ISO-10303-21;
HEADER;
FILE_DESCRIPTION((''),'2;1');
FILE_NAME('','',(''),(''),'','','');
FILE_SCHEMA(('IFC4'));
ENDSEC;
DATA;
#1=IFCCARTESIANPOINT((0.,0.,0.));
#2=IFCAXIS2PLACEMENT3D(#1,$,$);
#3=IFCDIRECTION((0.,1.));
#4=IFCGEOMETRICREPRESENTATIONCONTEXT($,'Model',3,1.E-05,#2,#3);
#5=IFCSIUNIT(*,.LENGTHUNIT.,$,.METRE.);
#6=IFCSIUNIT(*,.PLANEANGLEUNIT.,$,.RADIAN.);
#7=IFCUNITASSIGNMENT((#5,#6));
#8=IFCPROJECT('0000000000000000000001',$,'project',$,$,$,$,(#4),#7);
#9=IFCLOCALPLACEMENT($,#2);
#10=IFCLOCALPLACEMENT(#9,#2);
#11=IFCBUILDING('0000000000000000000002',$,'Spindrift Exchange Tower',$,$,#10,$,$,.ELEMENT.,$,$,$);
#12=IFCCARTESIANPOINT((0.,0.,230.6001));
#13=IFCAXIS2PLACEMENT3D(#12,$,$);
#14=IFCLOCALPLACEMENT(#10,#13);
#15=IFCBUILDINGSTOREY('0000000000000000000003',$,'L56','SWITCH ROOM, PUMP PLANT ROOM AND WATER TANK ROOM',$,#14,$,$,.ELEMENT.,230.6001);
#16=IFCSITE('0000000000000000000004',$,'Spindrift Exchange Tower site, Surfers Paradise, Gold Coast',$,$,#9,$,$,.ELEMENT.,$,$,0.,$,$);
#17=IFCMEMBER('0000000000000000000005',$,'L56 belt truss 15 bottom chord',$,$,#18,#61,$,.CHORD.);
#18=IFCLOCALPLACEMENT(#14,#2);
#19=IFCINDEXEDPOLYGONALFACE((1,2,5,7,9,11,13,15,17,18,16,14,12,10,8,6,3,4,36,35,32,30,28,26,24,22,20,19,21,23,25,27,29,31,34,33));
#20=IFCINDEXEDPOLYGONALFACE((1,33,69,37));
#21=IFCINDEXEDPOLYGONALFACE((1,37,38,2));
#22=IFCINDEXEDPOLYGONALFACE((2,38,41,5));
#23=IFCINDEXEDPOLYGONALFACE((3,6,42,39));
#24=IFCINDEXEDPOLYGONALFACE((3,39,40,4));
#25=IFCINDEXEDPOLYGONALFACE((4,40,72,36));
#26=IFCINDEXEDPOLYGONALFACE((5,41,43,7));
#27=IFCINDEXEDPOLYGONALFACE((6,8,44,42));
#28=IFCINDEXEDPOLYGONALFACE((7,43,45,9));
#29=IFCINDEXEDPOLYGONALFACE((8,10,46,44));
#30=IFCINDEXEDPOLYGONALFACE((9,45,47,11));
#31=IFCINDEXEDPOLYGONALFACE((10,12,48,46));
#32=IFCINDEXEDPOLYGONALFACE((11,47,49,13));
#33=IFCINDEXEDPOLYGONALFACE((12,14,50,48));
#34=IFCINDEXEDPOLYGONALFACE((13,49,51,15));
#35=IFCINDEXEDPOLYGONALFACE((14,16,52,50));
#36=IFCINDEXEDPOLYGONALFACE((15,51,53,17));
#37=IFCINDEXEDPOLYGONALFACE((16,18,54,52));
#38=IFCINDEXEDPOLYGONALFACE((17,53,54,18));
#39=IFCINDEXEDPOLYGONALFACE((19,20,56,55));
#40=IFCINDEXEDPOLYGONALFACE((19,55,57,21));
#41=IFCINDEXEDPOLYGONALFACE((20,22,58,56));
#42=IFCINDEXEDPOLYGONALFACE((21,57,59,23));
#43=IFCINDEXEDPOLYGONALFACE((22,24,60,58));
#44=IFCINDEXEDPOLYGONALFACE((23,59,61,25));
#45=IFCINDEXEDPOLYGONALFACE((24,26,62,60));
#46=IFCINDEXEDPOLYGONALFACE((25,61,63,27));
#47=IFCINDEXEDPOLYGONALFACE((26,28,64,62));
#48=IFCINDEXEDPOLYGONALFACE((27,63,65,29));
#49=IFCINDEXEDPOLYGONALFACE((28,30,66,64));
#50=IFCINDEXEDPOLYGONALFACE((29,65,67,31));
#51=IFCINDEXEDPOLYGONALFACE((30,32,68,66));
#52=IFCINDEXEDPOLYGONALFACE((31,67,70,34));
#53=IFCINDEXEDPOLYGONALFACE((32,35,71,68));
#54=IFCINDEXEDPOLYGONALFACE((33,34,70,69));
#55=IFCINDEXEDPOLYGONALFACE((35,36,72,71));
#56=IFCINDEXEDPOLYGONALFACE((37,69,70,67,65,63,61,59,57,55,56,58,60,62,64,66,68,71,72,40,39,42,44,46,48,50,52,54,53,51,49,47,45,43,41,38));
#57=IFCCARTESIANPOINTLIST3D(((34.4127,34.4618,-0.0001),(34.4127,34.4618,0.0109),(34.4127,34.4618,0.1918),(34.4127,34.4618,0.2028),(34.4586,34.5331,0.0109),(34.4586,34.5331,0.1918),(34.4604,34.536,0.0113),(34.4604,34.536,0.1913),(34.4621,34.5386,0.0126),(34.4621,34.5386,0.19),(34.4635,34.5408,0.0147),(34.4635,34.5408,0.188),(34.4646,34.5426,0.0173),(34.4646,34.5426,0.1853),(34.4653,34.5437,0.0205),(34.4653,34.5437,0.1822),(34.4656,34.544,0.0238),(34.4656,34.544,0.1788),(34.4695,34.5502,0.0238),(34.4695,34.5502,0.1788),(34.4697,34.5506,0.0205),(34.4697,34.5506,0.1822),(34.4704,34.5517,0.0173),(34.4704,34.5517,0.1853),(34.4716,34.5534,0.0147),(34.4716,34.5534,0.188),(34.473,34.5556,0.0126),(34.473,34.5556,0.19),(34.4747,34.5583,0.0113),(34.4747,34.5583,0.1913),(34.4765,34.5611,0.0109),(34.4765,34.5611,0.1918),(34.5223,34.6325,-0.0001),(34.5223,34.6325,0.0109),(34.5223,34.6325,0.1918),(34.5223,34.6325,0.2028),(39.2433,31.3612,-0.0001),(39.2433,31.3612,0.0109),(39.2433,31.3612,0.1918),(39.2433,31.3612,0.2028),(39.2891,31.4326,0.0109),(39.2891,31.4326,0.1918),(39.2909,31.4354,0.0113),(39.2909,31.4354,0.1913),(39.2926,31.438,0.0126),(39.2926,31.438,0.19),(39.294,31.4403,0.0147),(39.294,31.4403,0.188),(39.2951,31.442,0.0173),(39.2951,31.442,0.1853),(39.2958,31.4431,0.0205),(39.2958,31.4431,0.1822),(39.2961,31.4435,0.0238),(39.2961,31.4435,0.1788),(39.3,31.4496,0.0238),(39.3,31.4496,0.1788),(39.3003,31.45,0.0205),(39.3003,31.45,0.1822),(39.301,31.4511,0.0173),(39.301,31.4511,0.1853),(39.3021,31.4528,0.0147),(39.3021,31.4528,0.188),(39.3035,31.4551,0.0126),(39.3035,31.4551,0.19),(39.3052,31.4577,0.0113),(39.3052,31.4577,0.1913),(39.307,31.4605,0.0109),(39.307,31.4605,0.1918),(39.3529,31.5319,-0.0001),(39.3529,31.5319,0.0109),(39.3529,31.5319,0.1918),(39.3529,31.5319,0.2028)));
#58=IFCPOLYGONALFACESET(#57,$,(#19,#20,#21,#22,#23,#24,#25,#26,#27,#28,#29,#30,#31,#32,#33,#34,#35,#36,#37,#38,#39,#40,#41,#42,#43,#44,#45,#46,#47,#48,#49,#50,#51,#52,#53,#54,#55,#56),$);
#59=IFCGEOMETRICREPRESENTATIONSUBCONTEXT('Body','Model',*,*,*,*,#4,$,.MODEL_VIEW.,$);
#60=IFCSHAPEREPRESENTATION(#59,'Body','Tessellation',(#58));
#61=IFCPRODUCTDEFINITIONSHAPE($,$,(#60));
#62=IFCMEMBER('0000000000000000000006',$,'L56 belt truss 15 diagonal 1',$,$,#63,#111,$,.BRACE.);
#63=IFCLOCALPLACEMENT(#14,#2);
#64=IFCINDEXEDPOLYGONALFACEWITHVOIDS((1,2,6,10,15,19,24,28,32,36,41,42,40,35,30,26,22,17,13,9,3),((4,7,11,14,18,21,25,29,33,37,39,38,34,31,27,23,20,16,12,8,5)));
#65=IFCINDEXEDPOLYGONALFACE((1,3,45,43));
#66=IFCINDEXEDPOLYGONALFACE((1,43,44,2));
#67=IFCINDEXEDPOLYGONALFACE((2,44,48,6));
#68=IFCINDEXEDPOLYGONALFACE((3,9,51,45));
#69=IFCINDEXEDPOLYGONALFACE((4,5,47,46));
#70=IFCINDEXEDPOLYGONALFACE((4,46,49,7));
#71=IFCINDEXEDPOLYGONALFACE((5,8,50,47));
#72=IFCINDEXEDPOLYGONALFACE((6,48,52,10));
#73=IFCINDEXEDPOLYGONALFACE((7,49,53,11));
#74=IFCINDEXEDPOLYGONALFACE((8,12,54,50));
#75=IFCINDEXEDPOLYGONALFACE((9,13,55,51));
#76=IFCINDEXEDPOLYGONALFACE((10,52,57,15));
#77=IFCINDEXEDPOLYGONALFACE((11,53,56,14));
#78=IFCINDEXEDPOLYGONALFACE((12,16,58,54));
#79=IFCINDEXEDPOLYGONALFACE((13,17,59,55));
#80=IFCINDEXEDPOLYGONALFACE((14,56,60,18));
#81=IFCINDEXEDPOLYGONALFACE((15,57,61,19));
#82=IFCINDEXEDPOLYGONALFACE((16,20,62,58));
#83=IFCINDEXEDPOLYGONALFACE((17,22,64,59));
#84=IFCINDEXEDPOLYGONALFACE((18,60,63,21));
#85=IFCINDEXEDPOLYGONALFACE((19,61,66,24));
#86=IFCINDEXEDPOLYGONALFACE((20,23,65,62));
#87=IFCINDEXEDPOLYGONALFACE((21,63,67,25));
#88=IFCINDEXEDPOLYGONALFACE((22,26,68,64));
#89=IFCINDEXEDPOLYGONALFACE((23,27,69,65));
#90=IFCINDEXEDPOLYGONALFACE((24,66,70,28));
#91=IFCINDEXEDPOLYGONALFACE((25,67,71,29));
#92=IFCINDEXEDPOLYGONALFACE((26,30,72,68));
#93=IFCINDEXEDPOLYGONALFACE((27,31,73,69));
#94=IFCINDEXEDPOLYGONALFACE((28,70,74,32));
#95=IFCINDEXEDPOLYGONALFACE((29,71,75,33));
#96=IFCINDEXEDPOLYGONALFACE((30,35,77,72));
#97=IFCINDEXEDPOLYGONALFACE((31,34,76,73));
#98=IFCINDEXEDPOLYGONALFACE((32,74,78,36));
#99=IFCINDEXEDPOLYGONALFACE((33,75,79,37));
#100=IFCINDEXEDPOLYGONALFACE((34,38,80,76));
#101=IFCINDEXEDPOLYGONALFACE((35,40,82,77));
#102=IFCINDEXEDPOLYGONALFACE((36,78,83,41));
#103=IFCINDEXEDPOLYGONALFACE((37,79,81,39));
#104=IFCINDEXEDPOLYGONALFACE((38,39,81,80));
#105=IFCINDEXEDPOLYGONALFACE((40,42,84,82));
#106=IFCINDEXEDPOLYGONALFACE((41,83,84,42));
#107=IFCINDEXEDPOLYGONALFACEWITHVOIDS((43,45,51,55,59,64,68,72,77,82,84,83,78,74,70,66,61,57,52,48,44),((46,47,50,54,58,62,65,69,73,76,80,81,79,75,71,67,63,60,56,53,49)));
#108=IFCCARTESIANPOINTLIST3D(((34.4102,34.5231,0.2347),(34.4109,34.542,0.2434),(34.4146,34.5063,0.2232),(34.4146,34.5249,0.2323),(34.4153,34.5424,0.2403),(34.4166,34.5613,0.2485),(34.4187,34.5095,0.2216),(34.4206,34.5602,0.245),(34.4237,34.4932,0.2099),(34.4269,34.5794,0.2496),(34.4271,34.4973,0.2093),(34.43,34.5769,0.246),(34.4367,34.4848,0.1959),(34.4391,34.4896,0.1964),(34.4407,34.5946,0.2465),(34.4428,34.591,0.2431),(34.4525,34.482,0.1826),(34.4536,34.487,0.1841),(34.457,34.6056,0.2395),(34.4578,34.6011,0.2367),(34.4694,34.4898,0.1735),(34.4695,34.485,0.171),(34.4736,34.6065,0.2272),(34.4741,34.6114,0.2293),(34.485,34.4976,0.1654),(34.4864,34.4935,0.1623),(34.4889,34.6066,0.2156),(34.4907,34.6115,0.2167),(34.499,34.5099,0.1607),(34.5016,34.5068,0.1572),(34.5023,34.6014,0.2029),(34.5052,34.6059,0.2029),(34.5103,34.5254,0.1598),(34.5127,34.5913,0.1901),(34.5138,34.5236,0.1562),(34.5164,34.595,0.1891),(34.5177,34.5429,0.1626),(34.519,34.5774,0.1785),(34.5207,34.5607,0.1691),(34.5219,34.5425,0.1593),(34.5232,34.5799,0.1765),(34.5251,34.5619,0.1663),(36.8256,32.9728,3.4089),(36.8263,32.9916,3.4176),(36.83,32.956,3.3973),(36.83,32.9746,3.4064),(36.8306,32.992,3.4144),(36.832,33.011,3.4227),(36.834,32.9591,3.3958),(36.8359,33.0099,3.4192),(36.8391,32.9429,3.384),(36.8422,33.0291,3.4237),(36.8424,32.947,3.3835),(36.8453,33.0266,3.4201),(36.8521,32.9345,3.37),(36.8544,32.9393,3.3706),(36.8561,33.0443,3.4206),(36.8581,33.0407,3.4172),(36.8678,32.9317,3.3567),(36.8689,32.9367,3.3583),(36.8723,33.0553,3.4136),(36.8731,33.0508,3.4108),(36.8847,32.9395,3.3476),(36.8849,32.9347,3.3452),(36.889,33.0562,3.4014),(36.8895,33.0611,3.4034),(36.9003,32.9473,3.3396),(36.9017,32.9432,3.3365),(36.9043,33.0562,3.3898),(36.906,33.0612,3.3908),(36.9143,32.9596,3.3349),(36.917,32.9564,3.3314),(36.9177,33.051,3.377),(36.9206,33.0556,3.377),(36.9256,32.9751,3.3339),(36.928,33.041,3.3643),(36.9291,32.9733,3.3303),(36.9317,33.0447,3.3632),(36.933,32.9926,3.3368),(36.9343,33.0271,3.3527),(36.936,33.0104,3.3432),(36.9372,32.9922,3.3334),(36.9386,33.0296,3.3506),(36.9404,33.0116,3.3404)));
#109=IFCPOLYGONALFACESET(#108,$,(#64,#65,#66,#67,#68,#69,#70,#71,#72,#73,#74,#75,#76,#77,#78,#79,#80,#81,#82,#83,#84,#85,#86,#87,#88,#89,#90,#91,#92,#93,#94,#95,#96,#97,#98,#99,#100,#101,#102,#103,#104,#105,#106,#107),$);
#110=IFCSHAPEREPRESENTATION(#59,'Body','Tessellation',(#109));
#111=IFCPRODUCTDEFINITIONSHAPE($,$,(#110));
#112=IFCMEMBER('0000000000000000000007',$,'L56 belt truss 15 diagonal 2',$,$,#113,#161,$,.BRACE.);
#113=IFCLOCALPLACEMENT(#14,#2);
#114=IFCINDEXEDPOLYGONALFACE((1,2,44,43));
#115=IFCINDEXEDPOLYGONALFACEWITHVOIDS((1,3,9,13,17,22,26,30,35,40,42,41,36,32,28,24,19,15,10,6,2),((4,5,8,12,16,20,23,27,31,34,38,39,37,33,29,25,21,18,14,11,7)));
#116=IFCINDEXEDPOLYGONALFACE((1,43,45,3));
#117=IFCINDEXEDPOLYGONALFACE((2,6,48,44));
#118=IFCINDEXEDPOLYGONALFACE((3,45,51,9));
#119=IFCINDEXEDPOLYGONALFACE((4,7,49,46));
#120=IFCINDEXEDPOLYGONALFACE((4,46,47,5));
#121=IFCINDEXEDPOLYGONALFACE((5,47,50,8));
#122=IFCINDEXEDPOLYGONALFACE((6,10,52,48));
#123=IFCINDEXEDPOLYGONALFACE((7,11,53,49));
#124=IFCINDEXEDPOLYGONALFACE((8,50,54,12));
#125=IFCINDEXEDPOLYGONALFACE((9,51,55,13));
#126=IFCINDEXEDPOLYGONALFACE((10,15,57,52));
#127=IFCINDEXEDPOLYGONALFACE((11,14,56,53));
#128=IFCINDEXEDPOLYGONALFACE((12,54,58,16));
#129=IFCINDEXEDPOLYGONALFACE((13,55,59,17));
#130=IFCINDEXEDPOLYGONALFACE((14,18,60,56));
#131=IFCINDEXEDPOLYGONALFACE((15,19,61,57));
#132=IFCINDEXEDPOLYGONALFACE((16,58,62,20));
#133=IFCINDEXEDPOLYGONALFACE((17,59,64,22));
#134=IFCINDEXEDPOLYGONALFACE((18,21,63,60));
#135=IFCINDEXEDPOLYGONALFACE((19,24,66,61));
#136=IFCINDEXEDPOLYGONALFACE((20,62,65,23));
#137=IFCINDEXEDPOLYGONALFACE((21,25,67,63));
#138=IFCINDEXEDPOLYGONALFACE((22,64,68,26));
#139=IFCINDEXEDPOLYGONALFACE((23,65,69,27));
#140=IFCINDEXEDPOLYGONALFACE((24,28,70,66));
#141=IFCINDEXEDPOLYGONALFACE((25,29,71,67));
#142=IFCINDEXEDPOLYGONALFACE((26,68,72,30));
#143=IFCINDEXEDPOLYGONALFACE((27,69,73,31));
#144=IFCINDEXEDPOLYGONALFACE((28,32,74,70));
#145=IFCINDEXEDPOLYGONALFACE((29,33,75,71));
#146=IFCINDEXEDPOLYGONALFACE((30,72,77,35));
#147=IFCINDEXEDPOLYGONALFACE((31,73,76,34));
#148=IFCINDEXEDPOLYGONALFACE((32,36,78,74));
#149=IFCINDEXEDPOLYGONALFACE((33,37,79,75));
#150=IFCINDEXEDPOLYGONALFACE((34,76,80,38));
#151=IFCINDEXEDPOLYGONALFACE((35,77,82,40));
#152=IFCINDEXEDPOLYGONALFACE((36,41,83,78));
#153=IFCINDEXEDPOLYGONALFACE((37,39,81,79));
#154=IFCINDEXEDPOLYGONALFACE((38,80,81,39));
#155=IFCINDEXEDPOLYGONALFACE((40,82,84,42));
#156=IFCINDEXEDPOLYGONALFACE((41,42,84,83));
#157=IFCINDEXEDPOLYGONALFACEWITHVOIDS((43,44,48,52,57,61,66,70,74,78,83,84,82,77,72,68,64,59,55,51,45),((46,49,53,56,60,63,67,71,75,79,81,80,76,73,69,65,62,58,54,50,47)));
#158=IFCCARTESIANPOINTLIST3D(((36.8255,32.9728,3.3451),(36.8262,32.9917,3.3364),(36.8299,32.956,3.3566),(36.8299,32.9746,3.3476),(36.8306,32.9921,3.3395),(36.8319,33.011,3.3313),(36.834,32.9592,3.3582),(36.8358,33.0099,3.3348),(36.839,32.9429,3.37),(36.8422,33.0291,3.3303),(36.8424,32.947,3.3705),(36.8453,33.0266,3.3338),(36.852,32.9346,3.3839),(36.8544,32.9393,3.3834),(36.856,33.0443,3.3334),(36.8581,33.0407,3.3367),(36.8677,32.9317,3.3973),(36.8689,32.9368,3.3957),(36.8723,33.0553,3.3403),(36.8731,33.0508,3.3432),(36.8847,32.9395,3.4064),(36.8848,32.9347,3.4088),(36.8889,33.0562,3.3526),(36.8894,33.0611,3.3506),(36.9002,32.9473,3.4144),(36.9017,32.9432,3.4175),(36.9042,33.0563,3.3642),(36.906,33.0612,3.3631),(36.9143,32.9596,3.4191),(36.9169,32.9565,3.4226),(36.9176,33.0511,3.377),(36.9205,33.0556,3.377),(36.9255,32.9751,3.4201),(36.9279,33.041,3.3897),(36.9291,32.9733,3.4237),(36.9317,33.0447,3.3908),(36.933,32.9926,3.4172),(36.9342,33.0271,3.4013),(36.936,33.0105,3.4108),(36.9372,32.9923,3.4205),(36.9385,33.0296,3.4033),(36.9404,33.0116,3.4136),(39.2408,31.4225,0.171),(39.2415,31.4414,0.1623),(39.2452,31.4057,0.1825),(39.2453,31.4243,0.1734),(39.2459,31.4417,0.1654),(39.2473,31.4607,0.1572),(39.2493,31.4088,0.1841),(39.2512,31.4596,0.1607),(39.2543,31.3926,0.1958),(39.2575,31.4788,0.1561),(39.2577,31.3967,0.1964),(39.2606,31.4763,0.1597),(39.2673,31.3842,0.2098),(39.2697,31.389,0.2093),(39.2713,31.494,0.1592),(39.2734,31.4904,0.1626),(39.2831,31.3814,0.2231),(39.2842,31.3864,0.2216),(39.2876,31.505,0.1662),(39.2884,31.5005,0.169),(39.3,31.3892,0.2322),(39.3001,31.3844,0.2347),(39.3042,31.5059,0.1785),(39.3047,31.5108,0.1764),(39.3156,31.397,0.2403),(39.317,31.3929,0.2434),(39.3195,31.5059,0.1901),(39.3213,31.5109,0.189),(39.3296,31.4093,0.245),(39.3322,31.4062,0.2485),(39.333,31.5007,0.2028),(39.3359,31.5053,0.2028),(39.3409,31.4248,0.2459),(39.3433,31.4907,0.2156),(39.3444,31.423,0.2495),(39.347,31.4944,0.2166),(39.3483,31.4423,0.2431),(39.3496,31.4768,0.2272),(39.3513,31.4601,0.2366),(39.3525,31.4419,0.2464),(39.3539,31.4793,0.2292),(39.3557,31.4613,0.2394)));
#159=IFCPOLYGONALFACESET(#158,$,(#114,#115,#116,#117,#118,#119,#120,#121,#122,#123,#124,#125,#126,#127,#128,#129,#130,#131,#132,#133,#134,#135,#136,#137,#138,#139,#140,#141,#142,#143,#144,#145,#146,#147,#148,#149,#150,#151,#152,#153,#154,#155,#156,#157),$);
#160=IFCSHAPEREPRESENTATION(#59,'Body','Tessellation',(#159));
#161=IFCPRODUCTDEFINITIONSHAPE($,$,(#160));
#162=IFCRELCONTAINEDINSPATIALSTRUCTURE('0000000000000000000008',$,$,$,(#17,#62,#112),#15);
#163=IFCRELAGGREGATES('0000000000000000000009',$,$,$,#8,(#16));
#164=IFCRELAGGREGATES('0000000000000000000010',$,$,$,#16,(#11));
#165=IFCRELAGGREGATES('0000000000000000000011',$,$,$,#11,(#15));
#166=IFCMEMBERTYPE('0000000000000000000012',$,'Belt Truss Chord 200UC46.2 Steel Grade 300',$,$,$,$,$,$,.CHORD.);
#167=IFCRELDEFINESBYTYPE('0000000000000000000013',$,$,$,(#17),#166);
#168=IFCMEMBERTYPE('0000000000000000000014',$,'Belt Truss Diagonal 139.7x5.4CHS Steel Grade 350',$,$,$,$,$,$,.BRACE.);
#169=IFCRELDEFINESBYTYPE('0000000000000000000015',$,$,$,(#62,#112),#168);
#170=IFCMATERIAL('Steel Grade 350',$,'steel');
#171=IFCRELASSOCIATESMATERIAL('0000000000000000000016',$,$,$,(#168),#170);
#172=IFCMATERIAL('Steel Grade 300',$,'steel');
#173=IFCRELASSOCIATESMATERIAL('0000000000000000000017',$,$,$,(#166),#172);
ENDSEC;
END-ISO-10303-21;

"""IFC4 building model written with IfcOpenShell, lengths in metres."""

from ifc_helpers import new_model, si_unit, direction, frame, origin, origin_2d, place, context, subcontext, project, spatial, hollow_circle, i_section, extrude, source, transform, mapped, material, material_profile, profile_set, type_object, element, save


model = new_model("IFC4")

# Units and contexts
model_context = context("Model", 3, precision=1e-05, world=origin(), true_north=direction((0.0, 1.0)))
body_context = subcontext(model_context, "Body", "Model", "MODEL_VIEW")
ifc_project = project(units=[si_unit("LENGTHUNIT", "METRE"), si_unit("PLANEANGLEUNIT", "RADIAN")], contexts=[model_context])

# Site, building, storey
site_placement = place(None, origin())
site = spatial("IfcSite", under=ifc_project, at=site_placement, Name="Spindrift Exchange Tower site, Surfers Paradise, Gold Coast", CompositionType="ELEMENT", RefElevation=0.0)
building_placement = place(site_placement, origin())
building = spatial("IfcBuilding", under=site, at=building_placement, Name="Spindrift Exchange Tower", CompositionType="ELEMENT")
storey_placement = place(building_placement, frame((0.0, 0.0, 230.6001)))
storey = spatial("IfcBuildingStorey", under=building, at=storey_placement, Name="L56", Description="SWITCH ROOM, PUMP PLANT ROOM AND WATER TANK ROOM", CompositionType="ELEMENT", Elevation=230.6001)

# Members
ifc_material_1 = material(Name="Steel Grade 350", Category="steel")
ifc_material_profile_1 = material_profile(ifc_material_1, hollow_circle(Radius=0.0698, WallThickness=0.0054, at=origin_2d()), Name="139.7x5.4CHS")
ifc_profile_set_1 = profile_set([ifc_material_profile_1], Name="Steel Grade 350")
member_type_1 = type_object("IfcMemberType", Name="Belt Truss Diagonal 139.7x5.4CHS Steel Grade 350", PredefinedType="BRACE", material=ifc_profile_set_1)
ifc_material_2 = material(Name="Steel Grade 300", Category="steel")
ifc_material_profile_2 = material_profile(ifc_material_2, i_section(OverallWidth=0.2029, OverallDepth=0.2029, WebThickness=0.0073, FlangeThickness=0.011, FilletRadius=0.0129, at=origin_2d()), Name="200UC46.2")
ifc_profile_set_2 = profile_set([ifc_material_profile_2], Name="Steel Grade 300")
member_type_2 = type_object("IfcMemberType", Name="Belt Truss Chord 200UC46.2 Steel Grade 300", PredefinedType="CHORD", material=ifc_profile_set_2)
shared_shape_1 = source(origin(), body_context, "Body", "SweptSolid", [
    extrude(i_section(OverallWidth=0.2029, OverallDepth=0.2029, WebThickness=0.0073, FlangeThickness=0.011, FilletRadius=0.0129, at=origin_2d()), origin(), (0.0, 0.0, 1.0), 5.74),
])
for number, where, z_axis, x_axis, name in (
    (1, (34.4675, 34.5471, 0.1013), (0.841557, -0.540168, 0.0), (0.540168, 0.841557, 0.0), "L56 belt truss 15 bottom chord"),
):
    element("IfcMember", number, at=place(storey_placement, frame(where, z_axis=z_axis, x_axis=x_axis)), inside=storey, type_object=member_type_2, Name=name, PredefinedType="CHORD", context=body_context, shape_type="MappedRepresentation", body=[
        mapped(shared_shape_1, transform((0.0, 0.0, 0.0), scale=1.0)),
    ])
shared_shape_2 = source(origin(), body_context, "Body", "SweptSolid", [
    extrude(hollow_circle(Radius=0.0698, WallThickness=0.0054, at=origin_2d()), origin(), (0.0, 0.0, 1.0), 4.2793),
])
for number, where, z_axis, x_axis, name in (
    (2, (34.4675, 34.5471, 0.2029), (0.564421, -0.362284, 0.741741), (0.540168, 0.841557, 0.0), "L56 belt truss 15 diagonal 1"),
    (3, (36.8828, 32.9968, 3.377), (0.564421, -0.362284, -0.741741), (0.540168, 0.841557, 0.0), "L56 belt truss 15 diagonal 2"),
):
    element("IfcMember", number, at=place(storey_placement, frame(where, z_axis=z_axis, x_axis=x_axis)), inside=storey, type_object=member_type_1, Name=name, PredefinedType="BRACE", context=body_context, shape_type="MappedRepresentation", body=[
        mapped(shared_shape_2, transform((0.0, 0.0, 0.0), scale=1.0)),
    ])

save(model, "model.ifc")
